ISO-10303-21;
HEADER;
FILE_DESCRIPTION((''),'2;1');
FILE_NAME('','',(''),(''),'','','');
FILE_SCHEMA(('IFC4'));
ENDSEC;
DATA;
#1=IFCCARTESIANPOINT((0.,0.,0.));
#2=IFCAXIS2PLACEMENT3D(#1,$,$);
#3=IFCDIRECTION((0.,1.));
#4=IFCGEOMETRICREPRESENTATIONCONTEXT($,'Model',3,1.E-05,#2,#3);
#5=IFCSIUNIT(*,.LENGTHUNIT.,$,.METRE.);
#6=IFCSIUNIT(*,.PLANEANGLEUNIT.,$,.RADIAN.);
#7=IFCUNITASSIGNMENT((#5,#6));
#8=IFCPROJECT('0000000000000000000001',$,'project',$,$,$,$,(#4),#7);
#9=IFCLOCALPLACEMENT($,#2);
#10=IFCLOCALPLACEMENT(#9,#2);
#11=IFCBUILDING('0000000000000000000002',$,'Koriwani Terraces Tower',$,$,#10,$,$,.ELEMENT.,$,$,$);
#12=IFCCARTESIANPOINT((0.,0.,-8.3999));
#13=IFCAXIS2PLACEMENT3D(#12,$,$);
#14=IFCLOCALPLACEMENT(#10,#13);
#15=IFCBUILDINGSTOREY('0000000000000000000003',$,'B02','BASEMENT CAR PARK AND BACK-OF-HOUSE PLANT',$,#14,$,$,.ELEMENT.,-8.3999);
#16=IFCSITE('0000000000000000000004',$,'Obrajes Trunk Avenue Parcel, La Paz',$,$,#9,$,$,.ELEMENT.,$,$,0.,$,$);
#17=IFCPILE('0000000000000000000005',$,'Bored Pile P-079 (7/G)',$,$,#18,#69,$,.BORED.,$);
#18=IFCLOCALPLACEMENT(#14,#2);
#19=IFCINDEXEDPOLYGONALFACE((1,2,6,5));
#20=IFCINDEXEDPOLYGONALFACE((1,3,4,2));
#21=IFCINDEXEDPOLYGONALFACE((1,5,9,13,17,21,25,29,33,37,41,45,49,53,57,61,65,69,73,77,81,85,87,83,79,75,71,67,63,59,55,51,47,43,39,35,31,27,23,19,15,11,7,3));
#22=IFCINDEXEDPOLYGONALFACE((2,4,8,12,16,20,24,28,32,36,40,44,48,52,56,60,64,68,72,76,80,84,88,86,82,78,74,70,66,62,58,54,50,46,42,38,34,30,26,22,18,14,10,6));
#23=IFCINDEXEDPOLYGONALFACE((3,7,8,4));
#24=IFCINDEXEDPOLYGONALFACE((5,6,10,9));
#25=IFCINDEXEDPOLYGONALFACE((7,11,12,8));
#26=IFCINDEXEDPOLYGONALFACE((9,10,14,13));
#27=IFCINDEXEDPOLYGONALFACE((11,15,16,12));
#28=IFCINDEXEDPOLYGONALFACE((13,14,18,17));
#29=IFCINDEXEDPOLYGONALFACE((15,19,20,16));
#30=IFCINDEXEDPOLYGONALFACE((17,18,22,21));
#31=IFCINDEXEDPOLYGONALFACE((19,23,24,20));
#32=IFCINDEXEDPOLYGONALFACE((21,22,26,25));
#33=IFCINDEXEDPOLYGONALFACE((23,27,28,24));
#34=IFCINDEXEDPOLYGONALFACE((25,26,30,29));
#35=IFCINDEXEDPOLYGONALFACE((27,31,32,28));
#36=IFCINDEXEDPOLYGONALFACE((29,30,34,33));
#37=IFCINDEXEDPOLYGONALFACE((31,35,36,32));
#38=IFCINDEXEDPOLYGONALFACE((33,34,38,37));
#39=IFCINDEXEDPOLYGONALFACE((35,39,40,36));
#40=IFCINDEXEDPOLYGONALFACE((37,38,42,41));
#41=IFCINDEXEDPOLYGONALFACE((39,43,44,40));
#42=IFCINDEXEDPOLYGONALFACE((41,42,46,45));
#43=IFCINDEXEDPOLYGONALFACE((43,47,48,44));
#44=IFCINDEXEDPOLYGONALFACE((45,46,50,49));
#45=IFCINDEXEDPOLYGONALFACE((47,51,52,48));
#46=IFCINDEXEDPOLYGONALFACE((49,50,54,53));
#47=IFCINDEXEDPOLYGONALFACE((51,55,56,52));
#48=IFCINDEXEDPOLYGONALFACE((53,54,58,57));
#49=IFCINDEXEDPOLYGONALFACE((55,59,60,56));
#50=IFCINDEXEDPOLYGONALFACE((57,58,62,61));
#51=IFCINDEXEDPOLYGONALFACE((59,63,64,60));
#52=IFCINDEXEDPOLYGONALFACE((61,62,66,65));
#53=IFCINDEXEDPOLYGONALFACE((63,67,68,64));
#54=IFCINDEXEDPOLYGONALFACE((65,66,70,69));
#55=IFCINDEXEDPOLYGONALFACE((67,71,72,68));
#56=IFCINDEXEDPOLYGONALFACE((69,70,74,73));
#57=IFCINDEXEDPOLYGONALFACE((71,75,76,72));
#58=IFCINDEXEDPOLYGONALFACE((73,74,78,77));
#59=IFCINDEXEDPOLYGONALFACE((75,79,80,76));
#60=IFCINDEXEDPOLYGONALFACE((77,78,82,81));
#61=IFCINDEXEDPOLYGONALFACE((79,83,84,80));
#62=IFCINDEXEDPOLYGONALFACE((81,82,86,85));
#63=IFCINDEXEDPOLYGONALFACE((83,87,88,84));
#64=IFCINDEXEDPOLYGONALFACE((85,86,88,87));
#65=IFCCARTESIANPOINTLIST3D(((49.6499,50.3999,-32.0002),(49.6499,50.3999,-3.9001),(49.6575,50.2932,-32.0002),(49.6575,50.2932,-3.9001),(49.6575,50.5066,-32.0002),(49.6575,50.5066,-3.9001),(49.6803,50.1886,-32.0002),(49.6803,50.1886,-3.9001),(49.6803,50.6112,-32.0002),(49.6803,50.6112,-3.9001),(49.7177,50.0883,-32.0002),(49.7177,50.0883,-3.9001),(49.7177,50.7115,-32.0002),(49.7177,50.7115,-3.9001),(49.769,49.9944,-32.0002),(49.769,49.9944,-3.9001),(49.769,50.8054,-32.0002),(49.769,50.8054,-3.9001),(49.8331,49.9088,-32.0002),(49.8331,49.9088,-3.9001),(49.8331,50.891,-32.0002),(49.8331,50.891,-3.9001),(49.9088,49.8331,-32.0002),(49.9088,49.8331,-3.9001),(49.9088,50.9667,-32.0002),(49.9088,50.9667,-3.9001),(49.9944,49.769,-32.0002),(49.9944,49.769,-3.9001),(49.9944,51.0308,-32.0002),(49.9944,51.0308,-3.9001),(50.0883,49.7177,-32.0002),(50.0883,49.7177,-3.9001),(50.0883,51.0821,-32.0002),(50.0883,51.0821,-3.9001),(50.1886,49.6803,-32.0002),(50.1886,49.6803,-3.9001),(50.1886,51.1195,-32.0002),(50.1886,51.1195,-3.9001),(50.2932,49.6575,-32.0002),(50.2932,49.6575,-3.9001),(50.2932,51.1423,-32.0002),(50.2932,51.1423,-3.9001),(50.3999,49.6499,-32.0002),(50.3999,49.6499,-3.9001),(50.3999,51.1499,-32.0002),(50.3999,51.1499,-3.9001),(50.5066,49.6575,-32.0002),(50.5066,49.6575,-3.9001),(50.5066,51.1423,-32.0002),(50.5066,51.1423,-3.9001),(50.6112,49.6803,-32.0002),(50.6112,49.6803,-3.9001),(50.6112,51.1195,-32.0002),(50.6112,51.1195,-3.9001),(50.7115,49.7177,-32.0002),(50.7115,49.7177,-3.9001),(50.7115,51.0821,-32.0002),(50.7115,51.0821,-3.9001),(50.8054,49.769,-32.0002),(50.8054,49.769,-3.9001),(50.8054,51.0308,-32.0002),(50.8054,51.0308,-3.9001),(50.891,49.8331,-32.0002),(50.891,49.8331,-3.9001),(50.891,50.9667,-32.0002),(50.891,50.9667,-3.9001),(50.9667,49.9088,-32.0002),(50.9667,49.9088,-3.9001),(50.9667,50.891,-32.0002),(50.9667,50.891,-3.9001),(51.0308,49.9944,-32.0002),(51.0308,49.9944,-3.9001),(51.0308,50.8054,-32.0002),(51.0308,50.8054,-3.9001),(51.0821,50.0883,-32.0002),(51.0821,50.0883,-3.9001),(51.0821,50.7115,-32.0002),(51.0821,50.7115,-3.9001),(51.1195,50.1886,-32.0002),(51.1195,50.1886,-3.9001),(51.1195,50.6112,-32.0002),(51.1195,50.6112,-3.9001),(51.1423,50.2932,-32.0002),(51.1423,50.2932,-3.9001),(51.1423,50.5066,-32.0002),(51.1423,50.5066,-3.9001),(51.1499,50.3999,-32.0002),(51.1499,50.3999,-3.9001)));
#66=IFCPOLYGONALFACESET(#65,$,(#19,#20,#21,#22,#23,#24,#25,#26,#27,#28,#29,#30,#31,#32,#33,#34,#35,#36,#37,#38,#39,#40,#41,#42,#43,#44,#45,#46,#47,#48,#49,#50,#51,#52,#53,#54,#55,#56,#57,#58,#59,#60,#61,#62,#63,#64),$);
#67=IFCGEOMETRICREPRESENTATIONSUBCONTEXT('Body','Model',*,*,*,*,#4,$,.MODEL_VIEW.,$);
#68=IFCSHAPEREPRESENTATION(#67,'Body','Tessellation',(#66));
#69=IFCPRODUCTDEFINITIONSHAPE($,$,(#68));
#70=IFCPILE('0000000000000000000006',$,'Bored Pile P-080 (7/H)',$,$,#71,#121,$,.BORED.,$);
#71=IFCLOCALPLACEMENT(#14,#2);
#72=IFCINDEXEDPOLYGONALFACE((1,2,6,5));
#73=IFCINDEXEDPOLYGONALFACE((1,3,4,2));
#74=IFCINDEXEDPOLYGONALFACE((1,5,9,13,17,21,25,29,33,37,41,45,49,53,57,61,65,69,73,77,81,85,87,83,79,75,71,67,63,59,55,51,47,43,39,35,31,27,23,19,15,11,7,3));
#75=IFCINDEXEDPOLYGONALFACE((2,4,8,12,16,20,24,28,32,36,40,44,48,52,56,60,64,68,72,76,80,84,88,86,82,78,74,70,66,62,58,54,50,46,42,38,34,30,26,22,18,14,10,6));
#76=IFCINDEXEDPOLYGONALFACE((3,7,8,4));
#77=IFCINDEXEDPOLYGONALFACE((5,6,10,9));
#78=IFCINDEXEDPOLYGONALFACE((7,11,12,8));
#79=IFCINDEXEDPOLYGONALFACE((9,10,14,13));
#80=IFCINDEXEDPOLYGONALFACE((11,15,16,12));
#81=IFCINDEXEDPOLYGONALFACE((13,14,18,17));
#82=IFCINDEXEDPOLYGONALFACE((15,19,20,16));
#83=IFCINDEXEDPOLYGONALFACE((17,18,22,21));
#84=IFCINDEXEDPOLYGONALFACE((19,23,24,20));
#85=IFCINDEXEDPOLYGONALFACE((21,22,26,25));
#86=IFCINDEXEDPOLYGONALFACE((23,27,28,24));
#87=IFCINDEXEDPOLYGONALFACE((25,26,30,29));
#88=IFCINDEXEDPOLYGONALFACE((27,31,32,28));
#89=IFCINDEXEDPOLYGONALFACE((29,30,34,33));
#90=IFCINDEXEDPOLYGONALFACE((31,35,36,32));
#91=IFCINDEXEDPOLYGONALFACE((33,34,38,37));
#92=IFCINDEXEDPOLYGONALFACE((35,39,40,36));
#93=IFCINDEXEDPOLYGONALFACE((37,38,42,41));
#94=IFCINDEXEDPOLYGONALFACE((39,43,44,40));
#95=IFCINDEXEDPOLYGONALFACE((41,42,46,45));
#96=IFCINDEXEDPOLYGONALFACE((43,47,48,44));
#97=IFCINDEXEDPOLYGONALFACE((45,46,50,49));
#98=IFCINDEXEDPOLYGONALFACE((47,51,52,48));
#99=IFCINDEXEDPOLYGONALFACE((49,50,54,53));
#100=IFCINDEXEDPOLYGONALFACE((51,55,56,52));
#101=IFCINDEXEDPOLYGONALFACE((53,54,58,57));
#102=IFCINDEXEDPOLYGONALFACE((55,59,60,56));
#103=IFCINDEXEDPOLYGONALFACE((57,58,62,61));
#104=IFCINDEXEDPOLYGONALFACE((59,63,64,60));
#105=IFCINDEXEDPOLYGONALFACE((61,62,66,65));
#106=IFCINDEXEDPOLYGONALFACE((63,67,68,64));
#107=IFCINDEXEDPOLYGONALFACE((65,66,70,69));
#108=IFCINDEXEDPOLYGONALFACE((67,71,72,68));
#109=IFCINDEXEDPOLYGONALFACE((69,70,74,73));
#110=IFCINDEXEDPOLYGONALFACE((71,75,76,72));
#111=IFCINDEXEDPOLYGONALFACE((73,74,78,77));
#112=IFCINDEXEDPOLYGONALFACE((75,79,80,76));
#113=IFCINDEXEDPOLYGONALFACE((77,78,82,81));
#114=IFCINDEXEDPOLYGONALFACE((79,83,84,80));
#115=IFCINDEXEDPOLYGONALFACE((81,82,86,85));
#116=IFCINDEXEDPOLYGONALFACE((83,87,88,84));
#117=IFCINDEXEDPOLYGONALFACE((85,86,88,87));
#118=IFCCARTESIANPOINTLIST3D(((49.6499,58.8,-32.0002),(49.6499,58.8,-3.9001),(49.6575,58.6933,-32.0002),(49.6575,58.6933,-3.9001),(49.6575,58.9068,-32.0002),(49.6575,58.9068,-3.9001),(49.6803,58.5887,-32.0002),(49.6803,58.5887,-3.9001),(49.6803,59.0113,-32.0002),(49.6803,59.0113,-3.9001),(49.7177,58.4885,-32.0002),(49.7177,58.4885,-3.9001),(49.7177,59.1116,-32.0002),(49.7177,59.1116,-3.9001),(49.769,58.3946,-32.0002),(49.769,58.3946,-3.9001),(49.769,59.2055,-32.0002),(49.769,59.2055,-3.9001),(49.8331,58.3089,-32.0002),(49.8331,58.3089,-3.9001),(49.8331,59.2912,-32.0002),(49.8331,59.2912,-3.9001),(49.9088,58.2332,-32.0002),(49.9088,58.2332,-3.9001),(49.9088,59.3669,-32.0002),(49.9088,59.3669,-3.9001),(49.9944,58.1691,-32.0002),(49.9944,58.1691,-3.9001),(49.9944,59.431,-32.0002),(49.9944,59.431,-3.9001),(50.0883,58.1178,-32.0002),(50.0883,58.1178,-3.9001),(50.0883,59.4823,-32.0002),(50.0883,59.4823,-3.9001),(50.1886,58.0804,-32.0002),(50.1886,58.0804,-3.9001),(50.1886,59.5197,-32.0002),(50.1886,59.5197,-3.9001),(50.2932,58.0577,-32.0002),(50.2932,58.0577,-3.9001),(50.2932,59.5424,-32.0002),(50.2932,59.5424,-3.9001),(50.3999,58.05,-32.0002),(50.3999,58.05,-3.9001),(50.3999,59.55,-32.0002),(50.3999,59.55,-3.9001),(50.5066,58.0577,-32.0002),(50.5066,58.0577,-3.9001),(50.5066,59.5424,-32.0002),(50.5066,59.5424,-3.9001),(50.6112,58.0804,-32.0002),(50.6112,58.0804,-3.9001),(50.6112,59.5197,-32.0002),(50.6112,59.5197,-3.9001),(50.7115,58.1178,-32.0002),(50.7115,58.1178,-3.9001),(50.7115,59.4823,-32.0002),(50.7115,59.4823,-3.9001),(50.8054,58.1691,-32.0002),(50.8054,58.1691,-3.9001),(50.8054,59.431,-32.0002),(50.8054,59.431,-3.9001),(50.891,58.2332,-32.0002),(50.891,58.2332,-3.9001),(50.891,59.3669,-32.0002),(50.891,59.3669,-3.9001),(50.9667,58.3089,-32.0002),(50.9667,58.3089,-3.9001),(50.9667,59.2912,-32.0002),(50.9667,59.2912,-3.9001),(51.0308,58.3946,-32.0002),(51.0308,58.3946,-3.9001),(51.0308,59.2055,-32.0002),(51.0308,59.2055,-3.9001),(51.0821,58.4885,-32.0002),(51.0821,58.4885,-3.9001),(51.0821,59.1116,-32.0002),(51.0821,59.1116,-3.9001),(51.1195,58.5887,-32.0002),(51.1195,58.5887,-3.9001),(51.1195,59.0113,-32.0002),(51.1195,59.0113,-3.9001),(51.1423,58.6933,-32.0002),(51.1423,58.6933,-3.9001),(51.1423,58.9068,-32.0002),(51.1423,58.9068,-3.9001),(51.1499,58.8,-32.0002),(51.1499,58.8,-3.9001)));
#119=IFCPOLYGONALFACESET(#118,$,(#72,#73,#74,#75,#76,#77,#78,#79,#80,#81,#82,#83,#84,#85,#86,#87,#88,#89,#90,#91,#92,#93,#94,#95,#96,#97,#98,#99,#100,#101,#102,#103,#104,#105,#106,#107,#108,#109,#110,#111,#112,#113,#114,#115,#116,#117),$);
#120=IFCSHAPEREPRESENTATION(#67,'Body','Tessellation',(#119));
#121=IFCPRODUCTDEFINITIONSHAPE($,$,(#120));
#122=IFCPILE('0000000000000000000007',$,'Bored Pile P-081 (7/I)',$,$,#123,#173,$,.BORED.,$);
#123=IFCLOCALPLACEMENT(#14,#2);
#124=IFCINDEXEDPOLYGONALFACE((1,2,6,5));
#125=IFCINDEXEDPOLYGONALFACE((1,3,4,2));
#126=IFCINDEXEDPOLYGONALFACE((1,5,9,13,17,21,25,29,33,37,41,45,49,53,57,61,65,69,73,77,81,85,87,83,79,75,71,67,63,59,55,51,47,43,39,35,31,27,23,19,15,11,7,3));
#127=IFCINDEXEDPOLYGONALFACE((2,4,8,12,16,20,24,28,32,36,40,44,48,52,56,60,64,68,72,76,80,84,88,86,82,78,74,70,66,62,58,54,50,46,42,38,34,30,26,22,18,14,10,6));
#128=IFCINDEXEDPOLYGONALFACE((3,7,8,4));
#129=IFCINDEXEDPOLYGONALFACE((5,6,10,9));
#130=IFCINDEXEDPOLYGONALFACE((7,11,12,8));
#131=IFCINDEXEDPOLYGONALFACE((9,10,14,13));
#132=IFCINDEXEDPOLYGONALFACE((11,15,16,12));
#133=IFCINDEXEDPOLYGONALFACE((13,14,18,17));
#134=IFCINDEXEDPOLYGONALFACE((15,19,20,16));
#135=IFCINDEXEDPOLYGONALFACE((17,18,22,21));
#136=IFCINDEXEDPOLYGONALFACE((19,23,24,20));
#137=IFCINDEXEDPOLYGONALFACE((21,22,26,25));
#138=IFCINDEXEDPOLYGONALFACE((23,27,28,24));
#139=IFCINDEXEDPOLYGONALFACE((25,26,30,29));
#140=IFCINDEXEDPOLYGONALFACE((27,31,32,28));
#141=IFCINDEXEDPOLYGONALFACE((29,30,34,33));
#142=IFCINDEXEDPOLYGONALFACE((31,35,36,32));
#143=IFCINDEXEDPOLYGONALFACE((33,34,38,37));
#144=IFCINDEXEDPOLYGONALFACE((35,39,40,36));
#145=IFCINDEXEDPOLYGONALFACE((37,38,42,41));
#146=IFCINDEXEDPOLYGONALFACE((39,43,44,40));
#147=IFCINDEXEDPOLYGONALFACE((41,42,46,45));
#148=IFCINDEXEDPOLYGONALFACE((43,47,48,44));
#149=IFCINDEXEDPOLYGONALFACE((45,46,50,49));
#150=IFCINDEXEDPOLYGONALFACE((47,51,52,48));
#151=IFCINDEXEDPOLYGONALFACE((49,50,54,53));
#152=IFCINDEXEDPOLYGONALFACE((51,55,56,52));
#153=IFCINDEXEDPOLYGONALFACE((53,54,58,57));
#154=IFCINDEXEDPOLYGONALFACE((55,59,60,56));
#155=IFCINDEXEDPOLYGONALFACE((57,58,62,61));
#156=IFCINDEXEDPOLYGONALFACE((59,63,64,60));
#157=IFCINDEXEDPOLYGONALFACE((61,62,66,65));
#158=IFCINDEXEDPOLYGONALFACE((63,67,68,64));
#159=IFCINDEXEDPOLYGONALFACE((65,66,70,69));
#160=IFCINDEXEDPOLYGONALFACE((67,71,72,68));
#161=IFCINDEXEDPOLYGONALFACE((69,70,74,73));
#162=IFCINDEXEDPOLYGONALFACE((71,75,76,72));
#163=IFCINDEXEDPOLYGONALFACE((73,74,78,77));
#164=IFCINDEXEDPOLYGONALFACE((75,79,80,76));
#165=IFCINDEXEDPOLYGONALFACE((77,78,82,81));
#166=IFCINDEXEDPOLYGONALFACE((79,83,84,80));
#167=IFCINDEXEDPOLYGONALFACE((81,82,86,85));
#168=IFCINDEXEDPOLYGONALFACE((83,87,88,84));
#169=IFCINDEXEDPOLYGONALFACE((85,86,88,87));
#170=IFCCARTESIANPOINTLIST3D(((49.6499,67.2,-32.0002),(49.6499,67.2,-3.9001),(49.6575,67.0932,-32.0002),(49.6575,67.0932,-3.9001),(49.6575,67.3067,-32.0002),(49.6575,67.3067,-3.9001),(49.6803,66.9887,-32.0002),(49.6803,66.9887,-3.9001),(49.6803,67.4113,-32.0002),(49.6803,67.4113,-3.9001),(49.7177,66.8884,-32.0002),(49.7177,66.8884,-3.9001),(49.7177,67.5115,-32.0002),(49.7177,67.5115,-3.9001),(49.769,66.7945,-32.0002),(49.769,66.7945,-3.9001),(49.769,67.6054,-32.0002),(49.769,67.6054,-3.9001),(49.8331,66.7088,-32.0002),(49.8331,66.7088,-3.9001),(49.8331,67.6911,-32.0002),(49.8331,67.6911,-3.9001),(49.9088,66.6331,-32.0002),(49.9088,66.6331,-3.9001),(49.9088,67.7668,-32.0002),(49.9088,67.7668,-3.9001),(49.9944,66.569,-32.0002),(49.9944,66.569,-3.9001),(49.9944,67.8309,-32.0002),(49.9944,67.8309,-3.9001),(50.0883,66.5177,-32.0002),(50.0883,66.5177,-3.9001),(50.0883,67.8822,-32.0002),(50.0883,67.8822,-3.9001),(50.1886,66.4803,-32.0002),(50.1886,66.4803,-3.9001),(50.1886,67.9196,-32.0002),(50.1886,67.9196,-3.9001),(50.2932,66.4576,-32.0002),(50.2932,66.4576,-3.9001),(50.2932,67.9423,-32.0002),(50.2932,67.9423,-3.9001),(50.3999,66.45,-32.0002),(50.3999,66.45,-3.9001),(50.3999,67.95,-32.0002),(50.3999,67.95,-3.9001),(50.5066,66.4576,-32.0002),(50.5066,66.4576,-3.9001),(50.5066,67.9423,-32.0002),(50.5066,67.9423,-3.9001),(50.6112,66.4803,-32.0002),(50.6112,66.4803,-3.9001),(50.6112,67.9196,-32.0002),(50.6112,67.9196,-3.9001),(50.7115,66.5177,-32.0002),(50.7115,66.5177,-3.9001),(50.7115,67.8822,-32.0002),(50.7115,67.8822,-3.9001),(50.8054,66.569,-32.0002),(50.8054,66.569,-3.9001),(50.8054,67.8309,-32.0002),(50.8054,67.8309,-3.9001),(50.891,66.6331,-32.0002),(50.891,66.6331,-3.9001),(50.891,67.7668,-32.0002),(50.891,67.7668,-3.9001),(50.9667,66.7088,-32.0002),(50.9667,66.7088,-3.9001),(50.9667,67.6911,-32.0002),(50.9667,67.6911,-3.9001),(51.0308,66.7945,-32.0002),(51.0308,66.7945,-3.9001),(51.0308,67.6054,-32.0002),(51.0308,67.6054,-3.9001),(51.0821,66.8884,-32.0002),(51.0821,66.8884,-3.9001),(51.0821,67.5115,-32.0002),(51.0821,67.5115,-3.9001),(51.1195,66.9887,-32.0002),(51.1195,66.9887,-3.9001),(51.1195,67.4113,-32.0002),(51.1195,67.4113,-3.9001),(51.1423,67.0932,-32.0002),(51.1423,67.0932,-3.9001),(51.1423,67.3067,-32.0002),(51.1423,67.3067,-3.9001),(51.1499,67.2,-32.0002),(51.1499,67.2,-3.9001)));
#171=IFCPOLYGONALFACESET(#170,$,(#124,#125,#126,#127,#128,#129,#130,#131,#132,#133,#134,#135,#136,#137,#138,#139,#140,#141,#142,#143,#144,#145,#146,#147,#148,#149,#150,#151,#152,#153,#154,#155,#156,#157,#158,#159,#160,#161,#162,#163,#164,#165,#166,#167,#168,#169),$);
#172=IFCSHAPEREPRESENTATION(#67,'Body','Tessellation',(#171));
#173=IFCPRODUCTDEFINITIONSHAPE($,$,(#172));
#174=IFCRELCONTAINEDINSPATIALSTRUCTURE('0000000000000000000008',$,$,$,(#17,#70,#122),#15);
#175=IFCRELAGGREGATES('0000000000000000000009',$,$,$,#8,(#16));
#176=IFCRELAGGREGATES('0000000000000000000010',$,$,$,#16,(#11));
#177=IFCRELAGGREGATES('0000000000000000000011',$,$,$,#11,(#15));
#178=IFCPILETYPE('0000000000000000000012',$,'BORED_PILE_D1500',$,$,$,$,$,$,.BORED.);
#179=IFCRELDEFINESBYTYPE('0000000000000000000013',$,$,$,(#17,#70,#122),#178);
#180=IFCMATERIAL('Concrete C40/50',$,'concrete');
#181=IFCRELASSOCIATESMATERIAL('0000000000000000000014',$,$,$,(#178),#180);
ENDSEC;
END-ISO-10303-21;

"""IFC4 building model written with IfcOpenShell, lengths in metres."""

from ifc_helpers import new_model, si_unit, direction, frame, origin, origin_2d, place, context, subcontext, project, spatial, circle, extrude, material, material_profile, profile_set, type_object, element, save


model = new_model("IFC4")

# Units and contexts
model_context = context("Model", 3, precision=1e-05, world=origin(), true_north=direction((0.0, 1.0)))
body_context = subcontext(model_context, "Body", "Model", "MODEL_VIEW")
ifc_project = project(units=[si_unit("LENGTHUNIT", "METRE"), si_unit("PLANEANGLEUNIT", "RADIAN")], contexts=[model_context])

# Site, building, storey
site_placement = place(None, origin())
site = spatial("IfcSite", under=ifc_project, at=site_placement, Name="Obrajes Trunk Avenue Parcel, La Paz", CompositionType="ELEMENT", RefElevation=0.0)
building_placement = place(site_placement, origin())
building = spatial("IfcBuilding", under=site, at=building_placement, Name="Koriwani Terraces Tower", CompositionType="ELEMENT")
storey_placement = place(building_placement, frame((0.0, 0.0, -8.3999)))
storey = spatial("IfcBuildingStorey", under=building, at=storey_placement, Name="B02", Description="BASEMENT CAR PARK AND BACK-OF-HOUSE PLANT", CompositionType="ELEMENT", Elevation=-8.3999)

# Piles
ifc_material_1 = material(Name="Concrete C40/50", Category="concrete")
ifc_material_profile_1 = material_profile(ifc_material_1, circle(Radius=0.75, at=origin_2d()), Name="Concrete C40/50")
ifc_profile_set_1 = profile_set([ifc_material_profile_1], Name="Concrete C40/50")
pile_type_1 = type_object("IfcPileType", Name="BORED_PILE_D1500", PredefinedType="BORED", material=ifc_profile_set_1)
for number, where, z_axis, x_axis, name in (
    (1, (50.3999, 50.3999, -3.9001), (0.0, 0.0, -1.0), (1.0, 0.0, 0.0), "Bored Pile P-079 (7/G)"),
    (2, (50.3999, 58.8, -3.9001), (0.0, 0.0, -1.0), (1.0, 0.0, 0.0), "Bored Pile P-080 (7/H)"),
    (3, (50.3999, 67.2, -3.9001), (0.0, 0.0, -1.0), (1.0, 0.0, 0.0), "Bored Pile P-081 (7/I)"),
):
    element("IfcPile", number, at=place(storey_placement, frame(where, z_axis=z_axis, x_axis=x_axis)), inside=storey, type_object=pile_type_1, Name=name, PredefinedType="BORED", context=body_context, shape_type="SweptSolid", body=[
        extrude(circle(Radius=0.75, at=origin_2d()), origin(), (0.0, 0.0, 1.0), 28.1001),
    ])

save(model, "model.ifc")
